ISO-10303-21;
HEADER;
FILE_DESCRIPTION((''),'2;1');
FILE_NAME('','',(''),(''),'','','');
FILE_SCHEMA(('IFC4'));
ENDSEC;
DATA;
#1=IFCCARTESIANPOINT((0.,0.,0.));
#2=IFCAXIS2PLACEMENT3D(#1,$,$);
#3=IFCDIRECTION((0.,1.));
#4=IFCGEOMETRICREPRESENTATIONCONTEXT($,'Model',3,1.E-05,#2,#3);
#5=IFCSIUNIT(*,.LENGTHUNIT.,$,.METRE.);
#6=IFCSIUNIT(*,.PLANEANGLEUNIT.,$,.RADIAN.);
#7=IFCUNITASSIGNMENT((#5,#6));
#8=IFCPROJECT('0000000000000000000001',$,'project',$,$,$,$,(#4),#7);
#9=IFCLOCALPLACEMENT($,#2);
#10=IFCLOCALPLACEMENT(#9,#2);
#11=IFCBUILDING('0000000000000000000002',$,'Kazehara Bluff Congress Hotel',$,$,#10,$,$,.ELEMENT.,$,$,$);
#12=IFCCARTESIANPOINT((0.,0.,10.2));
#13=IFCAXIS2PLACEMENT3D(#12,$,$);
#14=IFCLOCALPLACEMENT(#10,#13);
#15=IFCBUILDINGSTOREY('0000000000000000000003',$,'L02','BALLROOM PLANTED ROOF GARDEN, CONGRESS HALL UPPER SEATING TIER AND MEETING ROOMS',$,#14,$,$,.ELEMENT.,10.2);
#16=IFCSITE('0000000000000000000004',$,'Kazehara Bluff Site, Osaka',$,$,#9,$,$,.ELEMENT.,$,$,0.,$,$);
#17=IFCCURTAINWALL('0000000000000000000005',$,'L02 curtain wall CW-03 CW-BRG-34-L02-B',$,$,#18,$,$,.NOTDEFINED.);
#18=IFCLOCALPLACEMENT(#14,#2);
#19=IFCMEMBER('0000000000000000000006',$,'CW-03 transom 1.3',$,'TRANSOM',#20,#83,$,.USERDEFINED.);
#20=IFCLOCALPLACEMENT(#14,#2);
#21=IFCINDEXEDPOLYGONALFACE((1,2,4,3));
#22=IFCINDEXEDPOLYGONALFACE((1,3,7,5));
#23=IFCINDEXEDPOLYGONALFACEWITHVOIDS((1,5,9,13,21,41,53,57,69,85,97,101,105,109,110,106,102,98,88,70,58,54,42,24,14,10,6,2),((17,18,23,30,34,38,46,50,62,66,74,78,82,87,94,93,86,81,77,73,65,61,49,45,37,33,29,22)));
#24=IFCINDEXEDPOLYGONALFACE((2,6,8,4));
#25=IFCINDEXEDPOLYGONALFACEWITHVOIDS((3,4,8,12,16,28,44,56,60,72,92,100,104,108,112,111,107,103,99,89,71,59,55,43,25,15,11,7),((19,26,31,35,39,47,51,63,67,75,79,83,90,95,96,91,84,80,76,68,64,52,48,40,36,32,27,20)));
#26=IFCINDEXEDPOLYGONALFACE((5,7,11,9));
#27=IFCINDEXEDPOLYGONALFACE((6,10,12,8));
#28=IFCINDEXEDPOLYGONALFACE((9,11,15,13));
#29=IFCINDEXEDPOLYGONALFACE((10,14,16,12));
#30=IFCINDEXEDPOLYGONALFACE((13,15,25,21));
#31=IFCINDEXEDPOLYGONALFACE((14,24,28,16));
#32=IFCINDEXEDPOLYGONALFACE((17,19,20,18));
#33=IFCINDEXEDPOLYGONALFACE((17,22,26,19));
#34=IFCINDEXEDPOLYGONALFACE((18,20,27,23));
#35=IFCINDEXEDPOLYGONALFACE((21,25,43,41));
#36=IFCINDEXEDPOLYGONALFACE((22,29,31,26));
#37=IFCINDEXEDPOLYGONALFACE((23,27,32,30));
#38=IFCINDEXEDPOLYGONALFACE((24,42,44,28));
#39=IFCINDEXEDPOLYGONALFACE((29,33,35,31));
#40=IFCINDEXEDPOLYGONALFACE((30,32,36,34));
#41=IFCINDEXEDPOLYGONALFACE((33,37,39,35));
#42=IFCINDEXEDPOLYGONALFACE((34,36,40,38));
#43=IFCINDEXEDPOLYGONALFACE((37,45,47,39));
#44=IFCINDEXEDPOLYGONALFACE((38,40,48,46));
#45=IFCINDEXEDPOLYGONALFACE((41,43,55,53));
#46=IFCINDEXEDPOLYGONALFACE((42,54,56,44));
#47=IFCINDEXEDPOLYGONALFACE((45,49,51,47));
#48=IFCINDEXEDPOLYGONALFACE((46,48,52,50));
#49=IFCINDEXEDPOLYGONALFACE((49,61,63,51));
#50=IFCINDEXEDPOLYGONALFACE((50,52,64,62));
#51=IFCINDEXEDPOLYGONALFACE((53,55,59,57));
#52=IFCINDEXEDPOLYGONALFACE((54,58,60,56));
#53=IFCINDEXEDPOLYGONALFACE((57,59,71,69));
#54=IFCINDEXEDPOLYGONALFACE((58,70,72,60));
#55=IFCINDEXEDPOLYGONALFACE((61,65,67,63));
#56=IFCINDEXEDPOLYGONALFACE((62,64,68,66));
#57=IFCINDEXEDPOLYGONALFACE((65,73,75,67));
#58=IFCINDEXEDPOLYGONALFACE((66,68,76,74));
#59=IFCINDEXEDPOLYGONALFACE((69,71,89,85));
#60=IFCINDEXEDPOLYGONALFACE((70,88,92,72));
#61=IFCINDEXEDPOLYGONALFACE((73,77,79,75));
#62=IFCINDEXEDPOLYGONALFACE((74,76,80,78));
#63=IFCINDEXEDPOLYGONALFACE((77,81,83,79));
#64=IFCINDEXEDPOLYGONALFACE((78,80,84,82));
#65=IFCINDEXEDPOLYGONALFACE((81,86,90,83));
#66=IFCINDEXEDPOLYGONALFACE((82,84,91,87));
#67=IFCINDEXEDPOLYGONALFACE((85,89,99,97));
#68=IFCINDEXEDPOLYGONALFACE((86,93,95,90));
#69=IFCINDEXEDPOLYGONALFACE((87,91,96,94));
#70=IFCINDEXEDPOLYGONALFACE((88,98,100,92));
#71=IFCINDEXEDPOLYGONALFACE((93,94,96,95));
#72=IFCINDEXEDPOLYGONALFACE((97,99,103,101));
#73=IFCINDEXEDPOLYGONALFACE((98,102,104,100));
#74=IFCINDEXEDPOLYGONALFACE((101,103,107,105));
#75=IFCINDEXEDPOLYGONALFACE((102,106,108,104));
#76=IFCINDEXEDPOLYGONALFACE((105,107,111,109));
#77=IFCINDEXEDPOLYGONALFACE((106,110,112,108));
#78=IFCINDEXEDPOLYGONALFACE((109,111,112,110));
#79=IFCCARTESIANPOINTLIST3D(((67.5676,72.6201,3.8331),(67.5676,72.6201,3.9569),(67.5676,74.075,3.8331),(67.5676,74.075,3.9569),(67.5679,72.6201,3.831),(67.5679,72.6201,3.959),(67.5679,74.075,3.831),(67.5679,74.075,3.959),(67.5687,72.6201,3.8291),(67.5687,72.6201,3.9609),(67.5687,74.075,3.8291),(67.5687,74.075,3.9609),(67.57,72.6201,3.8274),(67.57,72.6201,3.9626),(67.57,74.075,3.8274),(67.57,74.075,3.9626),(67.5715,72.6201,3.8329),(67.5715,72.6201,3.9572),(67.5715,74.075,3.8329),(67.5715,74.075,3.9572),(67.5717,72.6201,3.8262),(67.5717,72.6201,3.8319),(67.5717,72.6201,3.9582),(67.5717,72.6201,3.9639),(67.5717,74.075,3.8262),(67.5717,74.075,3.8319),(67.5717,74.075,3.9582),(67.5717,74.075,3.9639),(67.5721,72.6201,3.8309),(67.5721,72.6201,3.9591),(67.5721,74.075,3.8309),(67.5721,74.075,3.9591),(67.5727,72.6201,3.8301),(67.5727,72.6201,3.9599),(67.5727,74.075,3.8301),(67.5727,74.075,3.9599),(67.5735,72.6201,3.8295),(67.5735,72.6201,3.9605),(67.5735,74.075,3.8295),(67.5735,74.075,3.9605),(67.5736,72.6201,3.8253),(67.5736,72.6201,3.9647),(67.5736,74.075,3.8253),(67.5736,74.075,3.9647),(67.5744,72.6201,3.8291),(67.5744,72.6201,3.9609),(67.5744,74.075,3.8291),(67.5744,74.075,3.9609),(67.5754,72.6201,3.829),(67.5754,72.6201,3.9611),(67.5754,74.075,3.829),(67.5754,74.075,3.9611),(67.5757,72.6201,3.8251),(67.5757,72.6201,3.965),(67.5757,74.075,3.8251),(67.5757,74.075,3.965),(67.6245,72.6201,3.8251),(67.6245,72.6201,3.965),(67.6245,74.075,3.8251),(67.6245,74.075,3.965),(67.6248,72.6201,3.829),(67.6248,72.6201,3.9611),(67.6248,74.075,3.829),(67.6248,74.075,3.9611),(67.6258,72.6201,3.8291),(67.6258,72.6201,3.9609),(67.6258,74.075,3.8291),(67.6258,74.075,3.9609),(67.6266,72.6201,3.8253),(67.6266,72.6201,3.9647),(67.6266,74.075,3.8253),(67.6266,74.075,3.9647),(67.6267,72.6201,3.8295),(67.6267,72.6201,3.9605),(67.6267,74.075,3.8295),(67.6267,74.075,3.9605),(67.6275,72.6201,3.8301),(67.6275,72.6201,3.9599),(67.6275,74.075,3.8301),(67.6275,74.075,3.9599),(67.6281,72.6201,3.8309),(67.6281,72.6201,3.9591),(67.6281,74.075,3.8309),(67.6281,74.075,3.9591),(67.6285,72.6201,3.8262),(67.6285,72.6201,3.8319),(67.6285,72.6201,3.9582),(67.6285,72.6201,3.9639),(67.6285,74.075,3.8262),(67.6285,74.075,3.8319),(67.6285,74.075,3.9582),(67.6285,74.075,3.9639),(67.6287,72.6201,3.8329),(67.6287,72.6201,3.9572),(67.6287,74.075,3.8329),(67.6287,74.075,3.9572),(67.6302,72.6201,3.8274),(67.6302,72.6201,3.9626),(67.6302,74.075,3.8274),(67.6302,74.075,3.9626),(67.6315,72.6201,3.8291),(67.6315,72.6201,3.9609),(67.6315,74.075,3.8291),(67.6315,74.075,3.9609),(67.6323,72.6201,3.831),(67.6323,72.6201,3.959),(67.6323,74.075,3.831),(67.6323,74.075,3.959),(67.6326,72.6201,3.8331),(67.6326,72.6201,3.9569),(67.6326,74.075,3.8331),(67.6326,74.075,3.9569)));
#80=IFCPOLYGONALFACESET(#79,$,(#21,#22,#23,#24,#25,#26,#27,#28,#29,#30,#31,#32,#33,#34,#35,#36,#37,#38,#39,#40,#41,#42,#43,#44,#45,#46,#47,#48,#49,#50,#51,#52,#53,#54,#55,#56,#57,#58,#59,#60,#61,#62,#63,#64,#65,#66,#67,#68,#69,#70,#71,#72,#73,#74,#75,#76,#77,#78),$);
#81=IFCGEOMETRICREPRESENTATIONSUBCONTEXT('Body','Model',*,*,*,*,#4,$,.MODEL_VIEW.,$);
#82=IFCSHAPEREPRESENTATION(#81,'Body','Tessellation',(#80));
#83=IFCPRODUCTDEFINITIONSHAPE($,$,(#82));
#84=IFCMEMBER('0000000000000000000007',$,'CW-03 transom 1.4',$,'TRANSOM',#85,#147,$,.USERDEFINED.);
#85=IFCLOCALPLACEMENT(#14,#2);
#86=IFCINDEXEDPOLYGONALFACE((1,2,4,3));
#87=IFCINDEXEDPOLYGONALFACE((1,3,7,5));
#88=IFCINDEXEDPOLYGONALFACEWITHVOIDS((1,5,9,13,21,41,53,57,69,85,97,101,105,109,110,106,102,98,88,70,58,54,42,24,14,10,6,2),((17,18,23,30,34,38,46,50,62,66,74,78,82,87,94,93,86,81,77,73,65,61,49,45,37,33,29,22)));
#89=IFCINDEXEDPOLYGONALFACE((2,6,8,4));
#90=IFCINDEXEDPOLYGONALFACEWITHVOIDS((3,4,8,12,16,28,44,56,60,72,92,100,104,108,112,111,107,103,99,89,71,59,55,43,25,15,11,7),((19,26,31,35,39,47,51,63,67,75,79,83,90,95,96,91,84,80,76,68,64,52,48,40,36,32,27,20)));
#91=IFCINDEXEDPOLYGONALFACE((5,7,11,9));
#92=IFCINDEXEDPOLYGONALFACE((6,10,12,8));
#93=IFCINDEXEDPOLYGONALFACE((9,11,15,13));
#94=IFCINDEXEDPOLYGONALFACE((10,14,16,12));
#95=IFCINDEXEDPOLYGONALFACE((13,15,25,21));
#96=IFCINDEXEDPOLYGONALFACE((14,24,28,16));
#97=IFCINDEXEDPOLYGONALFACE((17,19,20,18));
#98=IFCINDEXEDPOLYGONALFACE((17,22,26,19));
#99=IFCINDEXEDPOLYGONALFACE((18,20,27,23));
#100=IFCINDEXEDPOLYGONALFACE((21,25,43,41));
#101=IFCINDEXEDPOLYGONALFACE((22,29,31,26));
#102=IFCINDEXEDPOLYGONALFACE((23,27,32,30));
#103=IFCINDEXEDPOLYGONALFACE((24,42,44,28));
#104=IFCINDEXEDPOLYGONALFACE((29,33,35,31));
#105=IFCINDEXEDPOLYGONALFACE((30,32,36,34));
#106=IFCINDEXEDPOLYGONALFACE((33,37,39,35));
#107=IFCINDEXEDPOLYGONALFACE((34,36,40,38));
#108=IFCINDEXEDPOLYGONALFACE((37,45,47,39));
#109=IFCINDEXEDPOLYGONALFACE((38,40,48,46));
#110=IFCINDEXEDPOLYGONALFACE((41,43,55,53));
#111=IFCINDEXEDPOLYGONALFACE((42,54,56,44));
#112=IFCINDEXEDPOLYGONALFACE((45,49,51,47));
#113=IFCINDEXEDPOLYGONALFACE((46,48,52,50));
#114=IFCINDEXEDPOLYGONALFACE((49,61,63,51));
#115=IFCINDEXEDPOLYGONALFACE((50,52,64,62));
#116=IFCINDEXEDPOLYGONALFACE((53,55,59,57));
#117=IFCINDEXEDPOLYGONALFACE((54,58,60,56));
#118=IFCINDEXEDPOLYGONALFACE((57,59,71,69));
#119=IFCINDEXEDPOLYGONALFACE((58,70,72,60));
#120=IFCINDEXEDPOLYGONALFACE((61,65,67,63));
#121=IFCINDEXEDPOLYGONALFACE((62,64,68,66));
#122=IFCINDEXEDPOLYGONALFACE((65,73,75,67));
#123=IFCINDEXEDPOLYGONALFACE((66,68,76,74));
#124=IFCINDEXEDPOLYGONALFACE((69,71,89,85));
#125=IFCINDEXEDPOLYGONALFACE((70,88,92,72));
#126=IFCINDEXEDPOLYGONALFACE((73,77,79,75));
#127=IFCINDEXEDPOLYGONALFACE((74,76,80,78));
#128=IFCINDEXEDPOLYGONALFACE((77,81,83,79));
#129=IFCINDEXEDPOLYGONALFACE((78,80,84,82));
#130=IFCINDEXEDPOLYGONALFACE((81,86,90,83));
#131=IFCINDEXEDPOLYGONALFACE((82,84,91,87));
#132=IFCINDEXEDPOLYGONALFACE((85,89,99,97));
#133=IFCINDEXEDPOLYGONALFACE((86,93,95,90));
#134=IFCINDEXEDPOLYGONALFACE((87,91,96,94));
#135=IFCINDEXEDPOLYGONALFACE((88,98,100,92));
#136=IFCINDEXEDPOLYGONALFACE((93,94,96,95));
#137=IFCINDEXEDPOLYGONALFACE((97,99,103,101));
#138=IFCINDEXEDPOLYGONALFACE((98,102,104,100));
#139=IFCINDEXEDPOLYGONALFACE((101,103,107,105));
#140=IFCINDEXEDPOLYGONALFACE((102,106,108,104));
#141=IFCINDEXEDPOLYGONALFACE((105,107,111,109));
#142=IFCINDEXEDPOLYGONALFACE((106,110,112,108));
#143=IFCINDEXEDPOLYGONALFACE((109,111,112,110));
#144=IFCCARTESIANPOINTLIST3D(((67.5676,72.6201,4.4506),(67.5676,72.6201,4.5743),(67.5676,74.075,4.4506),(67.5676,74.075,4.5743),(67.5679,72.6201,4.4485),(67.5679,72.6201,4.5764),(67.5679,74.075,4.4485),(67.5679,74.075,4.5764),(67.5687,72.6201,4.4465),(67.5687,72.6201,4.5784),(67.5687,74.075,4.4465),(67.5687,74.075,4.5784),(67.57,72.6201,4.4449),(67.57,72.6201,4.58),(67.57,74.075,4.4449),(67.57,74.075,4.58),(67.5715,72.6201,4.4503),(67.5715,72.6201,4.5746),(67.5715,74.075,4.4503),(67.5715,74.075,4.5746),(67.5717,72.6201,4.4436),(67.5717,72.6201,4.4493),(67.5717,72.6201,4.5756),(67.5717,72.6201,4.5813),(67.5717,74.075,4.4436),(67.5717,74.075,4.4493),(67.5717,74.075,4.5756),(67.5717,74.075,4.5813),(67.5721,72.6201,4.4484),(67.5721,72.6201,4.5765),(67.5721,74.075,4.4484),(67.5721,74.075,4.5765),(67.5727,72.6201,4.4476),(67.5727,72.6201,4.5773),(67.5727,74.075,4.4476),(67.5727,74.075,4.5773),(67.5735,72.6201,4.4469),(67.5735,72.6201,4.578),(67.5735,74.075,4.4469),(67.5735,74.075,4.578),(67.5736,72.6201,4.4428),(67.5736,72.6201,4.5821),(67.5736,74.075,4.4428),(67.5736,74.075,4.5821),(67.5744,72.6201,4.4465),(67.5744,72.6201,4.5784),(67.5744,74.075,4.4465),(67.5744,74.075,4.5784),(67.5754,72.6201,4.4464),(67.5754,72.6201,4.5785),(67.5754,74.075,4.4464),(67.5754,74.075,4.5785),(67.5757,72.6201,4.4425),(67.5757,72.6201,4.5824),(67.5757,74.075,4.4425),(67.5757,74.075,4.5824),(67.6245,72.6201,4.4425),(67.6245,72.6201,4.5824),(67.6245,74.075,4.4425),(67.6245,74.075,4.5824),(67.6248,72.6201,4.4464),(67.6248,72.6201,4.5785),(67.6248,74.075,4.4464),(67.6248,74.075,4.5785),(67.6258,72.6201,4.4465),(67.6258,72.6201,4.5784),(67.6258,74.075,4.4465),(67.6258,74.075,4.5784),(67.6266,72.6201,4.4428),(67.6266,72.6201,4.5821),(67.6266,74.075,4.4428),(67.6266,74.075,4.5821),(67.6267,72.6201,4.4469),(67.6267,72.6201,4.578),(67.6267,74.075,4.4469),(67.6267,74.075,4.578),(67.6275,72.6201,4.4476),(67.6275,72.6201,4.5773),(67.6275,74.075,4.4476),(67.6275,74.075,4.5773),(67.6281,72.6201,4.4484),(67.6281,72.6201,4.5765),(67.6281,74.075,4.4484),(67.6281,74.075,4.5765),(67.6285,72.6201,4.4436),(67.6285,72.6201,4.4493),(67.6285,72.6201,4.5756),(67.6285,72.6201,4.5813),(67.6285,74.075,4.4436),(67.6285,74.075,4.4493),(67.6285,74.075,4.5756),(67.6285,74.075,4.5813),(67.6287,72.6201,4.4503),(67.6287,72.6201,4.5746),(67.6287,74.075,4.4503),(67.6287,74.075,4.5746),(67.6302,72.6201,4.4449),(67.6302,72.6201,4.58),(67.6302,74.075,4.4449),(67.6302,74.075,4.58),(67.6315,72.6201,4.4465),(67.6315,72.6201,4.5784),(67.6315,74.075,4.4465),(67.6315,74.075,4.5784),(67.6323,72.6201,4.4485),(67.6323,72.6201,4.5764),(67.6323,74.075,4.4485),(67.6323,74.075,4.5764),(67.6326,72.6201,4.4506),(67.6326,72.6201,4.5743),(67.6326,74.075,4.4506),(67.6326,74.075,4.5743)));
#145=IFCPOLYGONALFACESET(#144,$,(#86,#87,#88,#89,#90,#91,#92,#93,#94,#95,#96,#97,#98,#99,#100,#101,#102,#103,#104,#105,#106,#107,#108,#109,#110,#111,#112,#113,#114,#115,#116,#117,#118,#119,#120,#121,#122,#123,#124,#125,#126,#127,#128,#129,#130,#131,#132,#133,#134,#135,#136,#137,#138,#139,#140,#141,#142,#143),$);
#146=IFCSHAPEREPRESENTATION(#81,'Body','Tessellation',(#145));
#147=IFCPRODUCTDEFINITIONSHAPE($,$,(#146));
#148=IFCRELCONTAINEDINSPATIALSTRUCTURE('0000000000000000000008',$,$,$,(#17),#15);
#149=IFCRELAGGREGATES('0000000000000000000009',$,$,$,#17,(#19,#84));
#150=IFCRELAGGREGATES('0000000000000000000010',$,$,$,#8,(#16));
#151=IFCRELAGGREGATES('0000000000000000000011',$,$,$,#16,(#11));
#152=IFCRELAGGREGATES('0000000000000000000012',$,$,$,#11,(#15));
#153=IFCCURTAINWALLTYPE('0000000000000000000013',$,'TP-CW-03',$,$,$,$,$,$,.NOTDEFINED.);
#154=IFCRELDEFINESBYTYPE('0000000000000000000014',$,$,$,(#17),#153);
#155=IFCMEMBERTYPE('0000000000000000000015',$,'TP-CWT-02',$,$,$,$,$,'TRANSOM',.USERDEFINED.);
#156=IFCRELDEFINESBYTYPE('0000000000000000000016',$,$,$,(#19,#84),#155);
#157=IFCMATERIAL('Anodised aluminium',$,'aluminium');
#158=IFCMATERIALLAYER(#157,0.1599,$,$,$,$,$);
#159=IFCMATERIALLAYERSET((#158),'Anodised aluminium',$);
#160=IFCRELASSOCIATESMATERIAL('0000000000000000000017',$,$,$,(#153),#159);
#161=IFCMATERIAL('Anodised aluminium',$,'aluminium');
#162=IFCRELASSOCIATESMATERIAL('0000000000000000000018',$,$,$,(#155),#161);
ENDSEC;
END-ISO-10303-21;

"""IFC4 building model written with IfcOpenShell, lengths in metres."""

from ifc_helpers import new_model, si_unit, direction, frame, origin, origin_2d, place, context, subcontext, project, spatial, hollow_rectangle, extrude, material, layer, layer_set, material_profile, profile_set, type_object, element, aggregate, save


model = new_model("IFC4")

# Units and contexts
model_context = context("Model", 3, precision=1e-05, world=origin(), true_north=direction((0.0, 1.0)))
body_context = subcontext(model_context, "Body", "Model", "MODEL_VIEW")
ifc_project = project(units=[si_unit("LENGTHUNIT", "METRE"), si_unit("PLANEANGLEUNIT", "RADIAN")], contexts=[model_context])

# Site, building, storey
site_placement = place(None, origin())
site = spatial("IfcSite", under=ifc_project, at=site_placement, Name="Kazehara Bluff Site, Osaka", CompositionType="ELEMENT", RefElevation=0.0)
building_placement = place(site_placement, origin())
building = spatial("IfcBuilding", under=site, at=building_placement, Name="Kazehara Bluff Congress Hotel", CompositionType="ELEMENT")
storey_placement = place(building_placement, frame((0.0, 0.0, 10.2)))
storey = spatial("IfcBuildingStorey", under=building, at=storey_placement, Name="L02", Description="BALLROOM PLANTED ROOF GARDEN, CONGRESS HALL UPPER SEATING TIER AND MEETING ROOMS", CompositionType="ELEMENT", Elevation=10.2)

# Curtain wall
ifc_material_1 = material(Name="Anodised aluminium", Category="aluminium")
ifc_layer_1 = layer(ifc_material_1, 0.1599)
ifc_layer_set_1 = layer_set([ifc_layer_1], Name="Anodised aluminium")
curtain_wall_type_1 = type_object("IfcCurtainWallType", Name="TP-CW-03", PredefinedType="NOTDEFINED", material=ifc_layer_set_1)
curtain_wall_1_placement = place(storey_placement, origin())
curtain_wall_1 = element("IfcCurtainWall", 1, at=curtain_wall_1_placement, inside=storey, type_object=curtain_wall_type_1, Name="L02 curtain wall CW-03 CW-BRG-34-L02-B", PredefinedType="NOTDEFINED")
ifc_material_2 = material(Name="Anodised aluminium", Category="aluminium")
ifc_material_profile_1 = material_profile(ifc_material_2, hollow_rectangle(XDim=0.0649, YDim=0.1399, WallThickness=0.0039, InnerFilletRadius=0.0039, OuterFilletRadius=0.0081, at=origin_2d()))
ifc_profile_set_1 = profile_set([ifc_material_profile_1], Name="Anodised aluminium")
member_type_1 = type_object("IfcMemberType", Name="TP-CWT-02", ElementType="TRANSOM", PredefinedType="USERDEFINED", material=ifc_profile_set_1)

# Members
member_1_placement = place(storey_placement, frame((67.6001, 72.6201, 3.895), z_axis=(0.0, 1.0, 0.0), x_axis=(-1.0, 0.0, 0.0)))
member_1 = element("IfcMember", 2, at=member_1_placement, type_object=member_type_1, Name="CW-03 transom 1.3", ObjectType="TRANSOM", PredefinedType="USERDEFINED", context=body_context, shape_type="SweptSolid", body=[
    extrude(hollow_rectangle(XDim=0.0649, YDim=0.1399, WallThickness=0.0039, InnerFilletRadius=0.0039, OuterFilletRadius=0.0081, at=origin_2d()), origin(), (0.0, 0.0, 1.0), 1.4548),
])
member_2_placement = place(storey_placement, frame((67.6001, 72.6201, 4.5125), z_axis=(0.0, 1.0, 0.0), x_axis=(-1.0, 0.0, 0.0)))
member_2 = element("IfcMember", 3, at=member_2_placement, type_object=member_type_1, Name="CW-03 transom 1.4", ObjectType="TRANSOM", PredefinedType="USERDEFINED", context=body_context, shape_type="SweptSolid", body=[
    extrude(hollow_rectangle(XDim=0.0649, YDim=0.1399, WallThickness=0.0039, InnerFilletRadius=0.0039, OuterFilletRadius=0.0081, at=origin_2d()), origin(), (0.0, 0.0, 1.0), 1.4548),
])

aggregate(curtain_wall_1, [member_1, member_2])

save(model, "model.ifc")
